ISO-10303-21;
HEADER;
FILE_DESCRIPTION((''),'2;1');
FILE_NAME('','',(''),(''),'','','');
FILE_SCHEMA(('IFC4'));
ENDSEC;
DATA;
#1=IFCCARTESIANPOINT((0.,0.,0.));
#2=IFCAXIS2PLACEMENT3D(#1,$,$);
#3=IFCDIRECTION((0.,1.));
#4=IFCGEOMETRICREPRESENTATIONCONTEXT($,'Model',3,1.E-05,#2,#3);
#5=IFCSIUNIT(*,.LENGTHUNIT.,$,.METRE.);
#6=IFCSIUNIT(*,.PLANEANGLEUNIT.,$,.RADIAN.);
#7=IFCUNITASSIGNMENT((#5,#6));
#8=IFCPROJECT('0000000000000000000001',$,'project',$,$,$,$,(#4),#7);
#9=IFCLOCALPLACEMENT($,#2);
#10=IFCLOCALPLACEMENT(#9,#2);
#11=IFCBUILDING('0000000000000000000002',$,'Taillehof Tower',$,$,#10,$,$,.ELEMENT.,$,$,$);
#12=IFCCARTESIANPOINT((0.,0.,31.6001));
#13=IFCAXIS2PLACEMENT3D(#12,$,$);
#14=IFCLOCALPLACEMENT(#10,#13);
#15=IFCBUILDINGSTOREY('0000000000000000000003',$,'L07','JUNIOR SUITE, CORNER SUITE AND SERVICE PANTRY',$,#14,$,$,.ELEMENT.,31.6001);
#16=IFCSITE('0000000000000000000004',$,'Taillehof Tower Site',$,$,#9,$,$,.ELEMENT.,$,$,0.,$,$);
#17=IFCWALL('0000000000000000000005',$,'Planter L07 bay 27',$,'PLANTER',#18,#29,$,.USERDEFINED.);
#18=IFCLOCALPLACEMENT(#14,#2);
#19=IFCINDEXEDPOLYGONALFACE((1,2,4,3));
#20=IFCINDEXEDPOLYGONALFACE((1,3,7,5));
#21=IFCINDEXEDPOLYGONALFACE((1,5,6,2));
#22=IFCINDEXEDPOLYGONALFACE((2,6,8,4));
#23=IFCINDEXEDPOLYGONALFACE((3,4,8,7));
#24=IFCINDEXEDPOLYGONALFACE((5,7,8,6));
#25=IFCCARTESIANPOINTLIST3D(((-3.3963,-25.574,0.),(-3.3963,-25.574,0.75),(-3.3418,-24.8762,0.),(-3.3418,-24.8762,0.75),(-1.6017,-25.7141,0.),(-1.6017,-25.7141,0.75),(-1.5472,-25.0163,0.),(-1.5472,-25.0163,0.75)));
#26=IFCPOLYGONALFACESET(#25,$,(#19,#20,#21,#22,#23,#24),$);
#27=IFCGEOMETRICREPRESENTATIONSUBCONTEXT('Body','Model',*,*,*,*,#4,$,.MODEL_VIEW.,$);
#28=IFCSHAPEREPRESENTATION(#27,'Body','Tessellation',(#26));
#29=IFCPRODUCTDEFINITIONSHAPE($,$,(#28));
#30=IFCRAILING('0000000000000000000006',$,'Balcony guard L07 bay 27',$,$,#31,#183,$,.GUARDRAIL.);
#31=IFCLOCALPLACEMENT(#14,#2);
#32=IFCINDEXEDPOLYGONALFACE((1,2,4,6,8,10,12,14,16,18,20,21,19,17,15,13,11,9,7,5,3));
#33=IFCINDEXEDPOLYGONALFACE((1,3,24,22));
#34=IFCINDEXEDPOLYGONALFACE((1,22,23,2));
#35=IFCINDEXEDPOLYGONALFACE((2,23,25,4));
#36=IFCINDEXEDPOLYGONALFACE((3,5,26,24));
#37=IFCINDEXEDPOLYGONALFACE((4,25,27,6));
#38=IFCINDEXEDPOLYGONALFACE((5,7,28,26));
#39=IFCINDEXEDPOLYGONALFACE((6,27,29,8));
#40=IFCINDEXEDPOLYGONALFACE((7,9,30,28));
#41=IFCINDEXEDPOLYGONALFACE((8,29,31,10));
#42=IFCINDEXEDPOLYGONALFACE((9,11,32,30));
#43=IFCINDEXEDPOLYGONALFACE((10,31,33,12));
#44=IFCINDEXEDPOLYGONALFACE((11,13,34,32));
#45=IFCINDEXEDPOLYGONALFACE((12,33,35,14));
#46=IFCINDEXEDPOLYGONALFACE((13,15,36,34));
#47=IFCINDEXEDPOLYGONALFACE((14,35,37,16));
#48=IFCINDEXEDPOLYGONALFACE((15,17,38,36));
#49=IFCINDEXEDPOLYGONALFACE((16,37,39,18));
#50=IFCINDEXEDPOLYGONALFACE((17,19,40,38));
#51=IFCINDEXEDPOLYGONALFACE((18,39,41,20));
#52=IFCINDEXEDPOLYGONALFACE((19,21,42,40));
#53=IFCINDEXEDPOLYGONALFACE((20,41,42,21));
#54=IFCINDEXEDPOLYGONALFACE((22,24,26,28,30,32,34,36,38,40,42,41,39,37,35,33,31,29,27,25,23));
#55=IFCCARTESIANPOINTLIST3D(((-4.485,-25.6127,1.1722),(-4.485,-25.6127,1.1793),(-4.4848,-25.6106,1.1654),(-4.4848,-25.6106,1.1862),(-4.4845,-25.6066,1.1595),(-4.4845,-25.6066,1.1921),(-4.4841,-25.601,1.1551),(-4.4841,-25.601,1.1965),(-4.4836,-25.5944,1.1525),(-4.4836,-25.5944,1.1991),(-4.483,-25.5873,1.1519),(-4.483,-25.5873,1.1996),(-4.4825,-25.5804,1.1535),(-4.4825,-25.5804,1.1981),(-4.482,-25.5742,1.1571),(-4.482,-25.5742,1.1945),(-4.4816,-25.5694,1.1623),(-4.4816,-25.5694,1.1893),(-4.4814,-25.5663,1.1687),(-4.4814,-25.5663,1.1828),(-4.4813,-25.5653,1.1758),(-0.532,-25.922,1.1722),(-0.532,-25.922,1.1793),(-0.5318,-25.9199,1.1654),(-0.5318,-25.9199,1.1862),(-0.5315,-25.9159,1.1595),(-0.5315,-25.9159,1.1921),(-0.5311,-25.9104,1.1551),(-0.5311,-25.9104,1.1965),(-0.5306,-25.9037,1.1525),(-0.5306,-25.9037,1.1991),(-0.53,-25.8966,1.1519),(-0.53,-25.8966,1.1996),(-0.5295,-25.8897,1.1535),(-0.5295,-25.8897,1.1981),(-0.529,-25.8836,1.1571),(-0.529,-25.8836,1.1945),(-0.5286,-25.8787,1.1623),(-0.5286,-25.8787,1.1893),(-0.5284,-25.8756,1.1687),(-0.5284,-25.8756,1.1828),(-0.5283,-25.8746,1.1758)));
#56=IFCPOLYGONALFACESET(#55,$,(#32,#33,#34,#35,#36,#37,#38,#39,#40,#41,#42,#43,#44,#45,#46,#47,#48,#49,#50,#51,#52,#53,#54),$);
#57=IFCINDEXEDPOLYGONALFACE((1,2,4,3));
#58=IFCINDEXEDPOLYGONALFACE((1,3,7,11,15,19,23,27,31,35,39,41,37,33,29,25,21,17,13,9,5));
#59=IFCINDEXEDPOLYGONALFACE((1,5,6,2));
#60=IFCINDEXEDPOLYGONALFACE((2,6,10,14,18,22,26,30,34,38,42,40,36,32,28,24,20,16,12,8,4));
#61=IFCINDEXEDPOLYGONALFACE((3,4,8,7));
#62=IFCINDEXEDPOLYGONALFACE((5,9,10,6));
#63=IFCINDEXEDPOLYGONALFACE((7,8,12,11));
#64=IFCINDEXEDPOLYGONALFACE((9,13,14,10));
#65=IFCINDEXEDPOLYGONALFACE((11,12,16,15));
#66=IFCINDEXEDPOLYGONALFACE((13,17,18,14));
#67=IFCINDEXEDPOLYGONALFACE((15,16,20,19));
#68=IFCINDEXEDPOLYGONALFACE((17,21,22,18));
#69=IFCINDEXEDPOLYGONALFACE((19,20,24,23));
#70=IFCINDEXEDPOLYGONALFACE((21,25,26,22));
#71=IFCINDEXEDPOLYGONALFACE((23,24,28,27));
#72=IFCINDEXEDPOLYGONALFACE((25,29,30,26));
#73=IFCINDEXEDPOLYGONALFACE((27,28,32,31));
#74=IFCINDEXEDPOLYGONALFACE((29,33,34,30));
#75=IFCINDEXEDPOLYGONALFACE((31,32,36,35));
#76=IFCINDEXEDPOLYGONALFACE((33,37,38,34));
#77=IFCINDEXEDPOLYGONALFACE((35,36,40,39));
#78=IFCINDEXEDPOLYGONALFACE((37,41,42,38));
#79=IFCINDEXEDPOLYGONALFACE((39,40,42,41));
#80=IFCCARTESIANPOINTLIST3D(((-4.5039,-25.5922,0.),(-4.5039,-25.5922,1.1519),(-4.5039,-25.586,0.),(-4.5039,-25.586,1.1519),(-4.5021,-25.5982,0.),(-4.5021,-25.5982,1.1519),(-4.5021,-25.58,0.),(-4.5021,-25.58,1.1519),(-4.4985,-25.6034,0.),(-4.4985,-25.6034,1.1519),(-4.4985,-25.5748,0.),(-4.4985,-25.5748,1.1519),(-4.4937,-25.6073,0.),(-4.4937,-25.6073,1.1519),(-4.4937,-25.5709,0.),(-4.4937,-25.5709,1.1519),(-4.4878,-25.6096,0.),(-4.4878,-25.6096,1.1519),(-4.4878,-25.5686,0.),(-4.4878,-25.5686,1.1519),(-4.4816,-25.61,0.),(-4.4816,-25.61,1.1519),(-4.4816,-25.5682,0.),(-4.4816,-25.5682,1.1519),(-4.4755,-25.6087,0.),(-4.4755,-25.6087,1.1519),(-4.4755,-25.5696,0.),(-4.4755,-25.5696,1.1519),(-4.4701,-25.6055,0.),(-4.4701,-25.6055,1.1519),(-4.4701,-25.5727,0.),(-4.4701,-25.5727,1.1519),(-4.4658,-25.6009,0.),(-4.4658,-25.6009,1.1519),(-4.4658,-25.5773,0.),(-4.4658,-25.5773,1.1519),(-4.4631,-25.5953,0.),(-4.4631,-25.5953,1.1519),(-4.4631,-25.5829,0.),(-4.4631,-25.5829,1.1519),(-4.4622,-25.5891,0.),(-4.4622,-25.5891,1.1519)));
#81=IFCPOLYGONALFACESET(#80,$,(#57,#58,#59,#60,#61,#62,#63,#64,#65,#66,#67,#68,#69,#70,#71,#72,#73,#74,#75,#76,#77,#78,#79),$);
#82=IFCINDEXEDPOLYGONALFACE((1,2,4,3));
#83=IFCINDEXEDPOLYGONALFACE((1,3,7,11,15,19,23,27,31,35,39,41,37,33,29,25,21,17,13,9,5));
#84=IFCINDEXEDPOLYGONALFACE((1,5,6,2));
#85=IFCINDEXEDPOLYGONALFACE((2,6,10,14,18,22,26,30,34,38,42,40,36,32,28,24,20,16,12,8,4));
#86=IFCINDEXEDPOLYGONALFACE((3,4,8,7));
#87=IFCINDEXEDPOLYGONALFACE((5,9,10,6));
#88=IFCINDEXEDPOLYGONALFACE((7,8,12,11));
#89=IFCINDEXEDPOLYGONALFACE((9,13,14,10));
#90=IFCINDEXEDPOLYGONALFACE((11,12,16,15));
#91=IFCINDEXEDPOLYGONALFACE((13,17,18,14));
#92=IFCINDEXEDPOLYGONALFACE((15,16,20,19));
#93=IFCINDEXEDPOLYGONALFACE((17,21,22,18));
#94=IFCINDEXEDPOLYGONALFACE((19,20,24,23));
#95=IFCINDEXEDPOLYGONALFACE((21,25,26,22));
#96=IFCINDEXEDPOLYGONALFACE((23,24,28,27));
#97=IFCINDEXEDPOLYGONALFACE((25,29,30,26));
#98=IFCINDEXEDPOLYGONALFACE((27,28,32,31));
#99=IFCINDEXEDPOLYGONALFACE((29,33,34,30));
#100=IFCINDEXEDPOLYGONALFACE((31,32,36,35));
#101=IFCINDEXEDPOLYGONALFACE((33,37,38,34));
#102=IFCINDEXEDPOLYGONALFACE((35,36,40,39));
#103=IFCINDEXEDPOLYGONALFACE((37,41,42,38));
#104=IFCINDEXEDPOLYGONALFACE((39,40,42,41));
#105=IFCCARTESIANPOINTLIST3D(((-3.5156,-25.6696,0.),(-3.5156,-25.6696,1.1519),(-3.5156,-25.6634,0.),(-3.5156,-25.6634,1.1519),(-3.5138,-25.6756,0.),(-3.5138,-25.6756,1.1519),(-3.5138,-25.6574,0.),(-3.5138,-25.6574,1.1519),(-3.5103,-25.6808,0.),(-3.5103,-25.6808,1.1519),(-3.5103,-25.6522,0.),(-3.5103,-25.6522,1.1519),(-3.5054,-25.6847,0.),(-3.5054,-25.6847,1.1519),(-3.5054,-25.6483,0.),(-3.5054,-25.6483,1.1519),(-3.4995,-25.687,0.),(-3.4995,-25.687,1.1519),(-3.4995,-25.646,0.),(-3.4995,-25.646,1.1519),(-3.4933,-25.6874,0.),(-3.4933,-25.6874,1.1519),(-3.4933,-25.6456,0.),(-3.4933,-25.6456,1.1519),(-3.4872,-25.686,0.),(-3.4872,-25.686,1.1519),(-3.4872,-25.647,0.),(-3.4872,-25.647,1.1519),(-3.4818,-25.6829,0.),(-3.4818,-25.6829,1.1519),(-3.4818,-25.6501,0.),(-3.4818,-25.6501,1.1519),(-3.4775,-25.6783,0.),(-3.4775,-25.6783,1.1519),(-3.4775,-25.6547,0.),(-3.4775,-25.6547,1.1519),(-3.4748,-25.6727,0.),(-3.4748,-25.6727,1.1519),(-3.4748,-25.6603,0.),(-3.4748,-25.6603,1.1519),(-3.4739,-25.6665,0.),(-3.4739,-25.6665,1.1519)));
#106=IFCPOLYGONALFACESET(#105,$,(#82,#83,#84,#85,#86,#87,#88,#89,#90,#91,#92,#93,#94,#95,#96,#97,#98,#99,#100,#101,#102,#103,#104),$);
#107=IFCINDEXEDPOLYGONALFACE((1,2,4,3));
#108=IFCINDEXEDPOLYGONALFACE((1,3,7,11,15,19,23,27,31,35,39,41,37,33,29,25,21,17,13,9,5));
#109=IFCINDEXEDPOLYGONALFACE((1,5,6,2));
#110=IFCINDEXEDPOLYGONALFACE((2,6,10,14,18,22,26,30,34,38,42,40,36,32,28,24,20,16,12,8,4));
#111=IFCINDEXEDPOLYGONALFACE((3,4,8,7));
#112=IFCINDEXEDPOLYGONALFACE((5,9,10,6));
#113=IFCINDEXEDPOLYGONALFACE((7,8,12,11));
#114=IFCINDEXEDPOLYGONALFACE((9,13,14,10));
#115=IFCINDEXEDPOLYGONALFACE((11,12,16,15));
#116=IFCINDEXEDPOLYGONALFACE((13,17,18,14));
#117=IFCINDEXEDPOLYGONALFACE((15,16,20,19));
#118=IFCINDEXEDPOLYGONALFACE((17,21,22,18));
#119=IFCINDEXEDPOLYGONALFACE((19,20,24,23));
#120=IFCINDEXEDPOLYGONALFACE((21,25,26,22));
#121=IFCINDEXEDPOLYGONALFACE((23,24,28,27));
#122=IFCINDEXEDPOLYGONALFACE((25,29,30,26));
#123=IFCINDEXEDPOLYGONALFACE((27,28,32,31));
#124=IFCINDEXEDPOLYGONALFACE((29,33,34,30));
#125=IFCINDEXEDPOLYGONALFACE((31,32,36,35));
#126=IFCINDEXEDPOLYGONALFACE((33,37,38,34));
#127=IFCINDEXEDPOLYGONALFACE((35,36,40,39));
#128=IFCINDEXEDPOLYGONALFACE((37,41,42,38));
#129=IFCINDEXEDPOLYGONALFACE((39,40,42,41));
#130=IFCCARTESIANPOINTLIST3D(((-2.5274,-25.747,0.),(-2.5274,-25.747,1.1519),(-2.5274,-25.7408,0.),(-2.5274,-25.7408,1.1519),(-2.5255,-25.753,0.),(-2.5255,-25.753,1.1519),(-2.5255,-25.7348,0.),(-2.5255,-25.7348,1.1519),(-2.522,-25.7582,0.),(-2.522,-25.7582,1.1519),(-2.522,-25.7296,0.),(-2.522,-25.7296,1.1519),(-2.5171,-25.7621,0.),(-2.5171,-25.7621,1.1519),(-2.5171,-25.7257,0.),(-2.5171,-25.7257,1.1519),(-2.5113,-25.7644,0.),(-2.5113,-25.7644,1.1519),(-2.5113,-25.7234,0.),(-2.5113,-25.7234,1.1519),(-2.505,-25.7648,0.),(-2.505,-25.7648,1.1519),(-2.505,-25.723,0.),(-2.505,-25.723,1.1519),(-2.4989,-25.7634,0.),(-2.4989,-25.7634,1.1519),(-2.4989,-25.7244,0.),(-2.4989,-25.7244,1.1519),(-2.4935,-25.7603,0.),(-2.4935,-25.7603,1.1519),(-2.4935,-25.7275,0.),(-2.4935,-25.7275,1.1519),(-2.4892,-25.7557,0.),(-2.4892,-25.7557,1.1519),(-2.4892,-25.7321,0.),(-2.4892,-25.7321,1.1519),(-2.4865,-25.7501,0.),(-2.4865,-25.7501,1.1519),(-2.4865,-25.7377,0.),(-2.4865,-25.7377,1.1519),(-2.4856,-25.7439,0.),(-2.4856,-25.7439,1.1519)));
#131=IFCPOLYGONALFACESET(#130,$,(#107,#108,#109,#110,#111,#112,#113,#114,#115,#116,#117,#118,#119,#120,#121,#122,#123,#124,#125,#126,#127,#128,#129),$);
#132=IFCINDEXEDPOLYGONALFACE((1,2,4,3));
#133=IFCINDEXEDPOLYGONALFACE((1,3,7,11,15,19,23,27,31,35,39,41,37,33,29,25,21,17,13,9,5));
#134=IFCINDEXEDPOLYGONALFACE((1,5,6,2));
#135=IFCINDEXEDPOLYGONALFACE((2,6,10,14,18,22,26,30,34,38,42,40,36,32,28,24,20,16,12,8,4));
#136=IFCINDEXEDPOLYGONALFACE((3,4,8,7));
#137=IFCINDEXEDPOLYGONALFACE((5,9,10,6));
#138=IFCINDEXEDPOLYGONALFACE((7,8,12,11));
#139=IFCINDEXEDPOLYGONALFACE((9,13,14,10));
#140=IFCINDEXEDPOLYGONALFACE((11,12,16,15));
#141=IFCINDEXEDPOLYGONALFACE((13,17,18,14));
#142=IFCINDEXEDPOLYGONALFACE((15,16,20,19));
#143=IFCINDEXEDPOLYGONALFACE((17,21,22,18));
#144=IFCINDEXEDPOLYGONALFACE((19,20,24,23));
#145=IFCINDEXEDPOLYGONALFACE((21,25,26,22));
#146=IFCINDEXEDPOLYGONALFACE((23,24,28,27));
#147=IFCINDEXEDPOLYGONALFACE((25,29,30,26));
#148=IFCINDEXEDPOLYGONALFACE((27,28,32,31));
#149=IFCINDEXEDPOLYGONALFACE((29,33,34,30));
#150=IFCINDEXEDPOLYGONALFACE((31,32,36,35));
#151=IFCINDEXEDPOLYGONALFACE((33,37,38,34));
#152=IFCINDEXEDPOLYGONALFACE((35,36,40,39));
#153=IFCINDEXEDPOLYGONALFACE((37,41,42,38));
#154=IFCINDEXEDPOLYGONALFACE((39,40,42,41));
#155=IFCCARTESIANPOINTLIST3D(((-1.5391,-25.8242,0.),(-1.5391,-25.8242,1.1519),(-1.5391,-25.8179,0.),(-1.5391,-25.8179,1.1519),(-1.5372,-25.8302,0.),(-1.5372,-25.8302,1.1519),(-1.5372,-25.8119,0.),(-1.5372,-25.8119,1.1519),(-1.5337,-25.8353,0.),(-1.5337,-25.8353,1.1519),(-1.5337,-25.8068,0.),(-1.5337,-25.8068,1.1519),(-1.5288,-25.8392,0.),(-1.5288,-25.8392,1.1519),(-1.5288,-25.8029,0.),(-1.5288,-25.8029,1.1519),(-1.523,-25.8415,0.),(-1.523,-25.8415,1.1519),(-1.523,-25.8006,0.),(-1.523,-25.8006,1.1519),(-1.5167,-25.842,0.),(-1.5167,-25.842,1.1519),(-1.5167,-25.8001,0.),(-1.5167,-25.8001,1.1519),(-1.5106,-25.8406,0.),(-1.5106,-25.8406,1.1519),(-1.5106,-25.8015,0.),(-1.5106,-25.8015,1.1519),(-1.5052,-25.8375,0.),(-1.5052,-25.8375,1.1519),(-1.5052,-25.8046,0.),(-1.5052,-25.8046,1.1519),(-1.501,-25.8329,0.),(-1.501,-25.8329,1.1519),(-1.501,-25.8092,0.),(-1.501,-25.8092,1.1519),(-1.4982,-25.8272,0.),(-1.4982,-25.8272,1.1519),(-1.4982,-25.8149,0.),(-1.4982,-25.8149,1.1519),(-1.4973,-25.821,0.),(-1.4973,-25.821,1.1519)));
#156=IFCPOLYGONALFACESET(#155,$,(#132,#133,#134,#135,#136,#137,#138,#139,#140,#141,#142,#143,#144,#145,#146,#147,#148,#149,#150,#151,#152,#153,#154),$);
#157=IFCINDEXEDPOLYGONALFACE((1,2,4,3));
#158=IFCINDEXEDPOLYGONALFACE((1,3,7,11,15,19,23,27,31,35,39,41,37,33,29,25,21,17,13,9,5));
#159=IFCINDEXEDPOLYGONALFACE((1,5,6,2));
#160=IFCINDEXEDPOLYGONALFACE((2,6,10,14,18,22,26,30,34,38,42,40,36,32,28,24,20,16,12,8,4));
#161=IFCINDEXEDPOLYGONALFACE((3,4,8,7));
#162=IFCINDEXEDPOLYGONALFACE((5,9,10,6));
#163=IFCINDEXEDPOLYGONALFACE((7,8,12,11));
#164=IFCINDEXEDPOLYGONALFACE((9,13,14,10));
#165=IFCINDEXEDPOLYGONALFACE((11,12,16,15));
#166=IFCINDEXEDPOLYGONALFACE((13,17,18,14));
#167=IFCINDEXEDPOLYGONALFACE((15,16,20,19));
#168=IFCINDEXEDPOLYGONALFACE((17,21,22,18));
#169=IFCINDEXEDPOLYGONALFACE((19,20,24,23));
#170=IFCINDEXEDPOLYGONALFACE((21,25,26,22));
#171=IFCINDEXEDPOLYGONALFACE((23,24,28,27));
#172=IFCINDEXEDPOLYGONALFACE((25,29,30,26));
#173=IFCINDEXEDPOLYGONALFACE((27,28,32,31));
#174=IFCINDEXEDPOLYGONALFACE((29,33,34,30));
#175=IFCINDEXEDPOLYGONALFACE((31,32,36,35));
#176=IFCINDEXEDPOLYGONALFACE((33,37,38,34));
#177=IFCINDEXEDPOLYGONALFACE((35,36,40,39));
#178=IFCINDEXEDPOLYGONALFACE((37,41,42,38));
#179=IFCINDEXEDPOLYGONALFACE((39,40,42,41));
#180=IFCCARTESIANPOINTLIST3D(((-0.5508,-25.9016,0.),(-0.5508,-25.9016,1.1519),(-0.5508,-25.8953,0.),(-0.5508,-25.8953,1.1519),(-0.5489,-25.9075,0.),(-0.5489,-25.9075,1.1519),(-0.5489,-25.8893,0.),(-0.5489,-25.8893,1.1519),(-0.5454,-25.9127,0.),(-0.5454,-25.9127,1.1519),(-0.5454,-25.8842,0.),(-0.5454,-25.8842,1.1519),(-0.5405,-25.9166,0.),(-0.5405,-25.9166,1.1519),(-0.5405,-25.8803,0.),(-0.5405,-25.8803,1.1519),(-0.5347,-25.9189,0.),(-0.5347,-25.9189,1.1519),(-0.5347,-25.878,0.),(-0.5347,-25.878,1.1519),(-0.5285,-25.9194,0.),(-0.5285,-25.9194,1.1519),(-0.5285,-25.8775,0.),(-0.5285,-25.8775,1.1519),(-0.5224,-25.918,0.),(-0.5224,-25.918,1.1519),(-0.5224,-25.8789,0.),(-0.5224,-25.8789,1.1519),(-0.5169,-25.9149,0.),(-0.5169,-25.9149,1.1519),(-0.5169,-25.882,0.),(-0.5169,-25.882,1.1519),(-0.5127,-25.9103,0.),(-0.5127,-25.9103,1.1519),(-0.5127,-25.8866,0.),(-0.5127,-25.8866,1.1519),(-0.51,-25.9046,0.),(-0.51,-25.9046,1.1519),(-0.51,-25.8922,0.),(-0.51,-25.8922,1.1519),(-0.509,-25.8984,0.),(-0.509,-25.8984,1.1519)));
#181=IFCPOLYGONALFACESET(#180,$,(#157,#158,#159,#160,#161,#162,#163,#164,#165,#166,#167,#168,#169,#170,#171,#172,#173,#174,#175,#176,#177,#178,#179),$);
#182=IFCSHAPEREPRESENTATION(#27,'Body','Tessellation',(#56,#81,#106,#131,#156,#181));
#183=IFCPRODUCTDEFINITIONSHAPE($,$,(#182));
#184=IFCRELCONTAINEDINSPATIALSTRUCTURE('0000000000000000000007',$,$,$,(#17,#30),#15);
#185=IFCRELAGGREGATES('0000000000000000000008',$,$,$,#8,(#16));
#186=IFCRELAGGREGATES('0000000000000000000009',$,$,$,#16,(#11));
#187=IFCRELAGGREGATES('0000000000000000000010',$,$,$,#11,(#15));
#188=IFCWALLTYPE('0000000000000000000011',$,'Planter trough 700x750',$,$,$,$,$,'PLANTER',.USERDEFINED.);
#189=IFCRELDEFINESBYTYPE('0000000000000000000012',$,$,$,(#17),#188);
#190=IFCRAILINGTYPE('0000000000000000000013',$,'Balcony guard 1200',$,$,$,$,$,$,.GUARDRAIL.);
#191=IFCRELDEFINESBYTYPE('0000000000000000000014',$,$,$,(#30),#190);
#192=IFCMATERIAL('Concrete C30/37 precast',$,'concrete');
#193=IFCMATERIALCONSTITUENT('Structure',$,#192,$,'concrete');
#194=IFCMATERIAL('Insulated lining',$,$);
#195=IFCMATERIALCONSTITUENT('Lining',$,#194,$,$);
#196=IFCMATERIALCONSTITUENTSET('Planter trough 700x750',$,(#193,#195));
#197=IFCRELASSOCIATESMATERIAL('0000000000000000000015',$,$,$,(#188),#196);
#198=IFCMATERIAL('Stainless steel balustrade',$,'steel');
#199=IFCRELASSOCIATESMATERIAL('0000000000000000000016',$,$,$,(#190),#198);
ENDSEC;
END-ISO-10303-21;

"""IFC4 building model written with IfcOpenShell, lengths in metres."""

from ifc_helpers import new_model, si_unit, direction, frame, frame_2d, origin, origin_2d, place, context, subcontext, project, spatial, rectangle, circle, extrude, material, constituent, constituent_set, type_object, element, save


model = new_model("IFC4")

# Units and contexts
model_context = context("Model", 3, precision=1e-05, world=origin(), true_north=direction((0.0, 1.0)))
body_context = subcontext(model_context, "Body", "Model", "MODEL_VIEW")
ifc_project = project(units=[si_unit("LENGTHUNIT", "METRE"), si_unit("PLANEANGLEUNIT", "RADIAN")], contexts=[model_context])

# Site, building, storey
site_placement = place(None, origin())
site = spatial("IfcSite", under=ifc_project, at=site_placement, Name="Taillehof Tower Site", CompositionType="ELEMENT", RefElevation=0.0)
building_placement = place(site_placement, origin())
building = spatial("IfcBuilding", under=site, at=building_placement, Name="Taillehof Tower", CompositionType="ELEMENT")
storey_placement = place(building_placement, frame((0.0, 0.0, 31.6001)))
storey = spatial("IfcBuildingStorey", under=building, at=storey_placement, Name="L07", Description="JUNIOR SUITE, CORNER SUITE AND SERVICE PANTRY", CompositionType="ELEMENT", Elevation=31.6001)

# Wall
ifc_material_1 = material(Name="Concrete C30/37 precast", Category="concrete")
ifc_constituent_1 = constituent(ifc_material_1, Name="Structure", Category="concrete")
ifc_material_2 = material(Name="Insulated lining")
ifc_constituent_2 = constituent(ifc_material_2, Name="Lining")
ifc_constituent_set = constituent_set(constituents=[ifc_constituent_1, ifc_constituent_2], Name="Planter trough 700x750")
wall_type_1 = type_object("IfcWallType", Name="Planter trough 700x750", ElementType="PLANTER", PredefinedType="USERDEFINED", material=ifc_constituent_set)
wall_1_placement = place(storey_placement, frame((-3.3689, -25.2251, 0.0), z_axis=(0.0, 0.0, 1.0), x_axis=(0.996965, -0.077848, 0.0)))
element("IfcWall", 1, at=wall_1_placement, inside=storey, type_object=wall_type_1, Name="Planter L07 bay 27", ObjectType="PLANTER", PredefinedType="USERDEFINED", context=body_context, shape_type="SweptSolid", body=[
    extrude(rectangle(XDim=1.8, YDim=0.7, at=frame_2d((0.8999, 0.0))), origin(), (0.0, 0.0, 1.0), 0.75),
])

# Railing
ifc_material_3 = material(Name="Stainless steel balustrade", Category="steel")
railing_type = type_object("IfcRailingType", Name="Balcony guard 1200", PredefinedType="GUARDRAIL", material=ifc_material_3)
railing_placement = place(storey_placement, frame((-4.4832, -25.5891, 0.0)))
element("IfcRailing", 2, at=railing_placement, inside=storey, type_object=railing_type, Name="Balcony guard L07 bay 27", PredefinedType="GUARDRAIL", context=body_context, shape_type="SweptSolid", body=[
    extrude(circle(Radius=0.0239, at=origin_2d()), frame((0.0, 0.0, 1.1758), z_axis=(0.996953, -0.07801, 0.0), x_axis=(0.07801, 0.996953, 0.0)), (0.0, 0.0, 1.0), 3.9651),
    extrude(circle(Radius=0.021, at=origin_2d()), origin(), (0.0, 0.0, 1.0), 1.1519),
    extrude(circle(Radius=0.021, at=origin_2d()), frame((0.9883, -0.0774, 0.0)), (0.0, 0.0, 1.0), 1.1519),
    extrude(circle(Radius=0.021, at=origin_2d()), frame((1.9766, -0.1548, 0.0)), (0.0, 0.0, 1.0), 1.1519),
    extrude(circle(Radius=0.021, at=origin_2d()), frame((2.9648, -0.2319, 0.0)), (0.0, 0.0, 1.0), 1.1519),
    extrude(circle(Radius=0.021, at=origin_2d()), frame((3.9531, -0.3093, 0.0)), (0.0, 0.0, 1.0), 1.1519),
])

save(model, "model.ifc")
